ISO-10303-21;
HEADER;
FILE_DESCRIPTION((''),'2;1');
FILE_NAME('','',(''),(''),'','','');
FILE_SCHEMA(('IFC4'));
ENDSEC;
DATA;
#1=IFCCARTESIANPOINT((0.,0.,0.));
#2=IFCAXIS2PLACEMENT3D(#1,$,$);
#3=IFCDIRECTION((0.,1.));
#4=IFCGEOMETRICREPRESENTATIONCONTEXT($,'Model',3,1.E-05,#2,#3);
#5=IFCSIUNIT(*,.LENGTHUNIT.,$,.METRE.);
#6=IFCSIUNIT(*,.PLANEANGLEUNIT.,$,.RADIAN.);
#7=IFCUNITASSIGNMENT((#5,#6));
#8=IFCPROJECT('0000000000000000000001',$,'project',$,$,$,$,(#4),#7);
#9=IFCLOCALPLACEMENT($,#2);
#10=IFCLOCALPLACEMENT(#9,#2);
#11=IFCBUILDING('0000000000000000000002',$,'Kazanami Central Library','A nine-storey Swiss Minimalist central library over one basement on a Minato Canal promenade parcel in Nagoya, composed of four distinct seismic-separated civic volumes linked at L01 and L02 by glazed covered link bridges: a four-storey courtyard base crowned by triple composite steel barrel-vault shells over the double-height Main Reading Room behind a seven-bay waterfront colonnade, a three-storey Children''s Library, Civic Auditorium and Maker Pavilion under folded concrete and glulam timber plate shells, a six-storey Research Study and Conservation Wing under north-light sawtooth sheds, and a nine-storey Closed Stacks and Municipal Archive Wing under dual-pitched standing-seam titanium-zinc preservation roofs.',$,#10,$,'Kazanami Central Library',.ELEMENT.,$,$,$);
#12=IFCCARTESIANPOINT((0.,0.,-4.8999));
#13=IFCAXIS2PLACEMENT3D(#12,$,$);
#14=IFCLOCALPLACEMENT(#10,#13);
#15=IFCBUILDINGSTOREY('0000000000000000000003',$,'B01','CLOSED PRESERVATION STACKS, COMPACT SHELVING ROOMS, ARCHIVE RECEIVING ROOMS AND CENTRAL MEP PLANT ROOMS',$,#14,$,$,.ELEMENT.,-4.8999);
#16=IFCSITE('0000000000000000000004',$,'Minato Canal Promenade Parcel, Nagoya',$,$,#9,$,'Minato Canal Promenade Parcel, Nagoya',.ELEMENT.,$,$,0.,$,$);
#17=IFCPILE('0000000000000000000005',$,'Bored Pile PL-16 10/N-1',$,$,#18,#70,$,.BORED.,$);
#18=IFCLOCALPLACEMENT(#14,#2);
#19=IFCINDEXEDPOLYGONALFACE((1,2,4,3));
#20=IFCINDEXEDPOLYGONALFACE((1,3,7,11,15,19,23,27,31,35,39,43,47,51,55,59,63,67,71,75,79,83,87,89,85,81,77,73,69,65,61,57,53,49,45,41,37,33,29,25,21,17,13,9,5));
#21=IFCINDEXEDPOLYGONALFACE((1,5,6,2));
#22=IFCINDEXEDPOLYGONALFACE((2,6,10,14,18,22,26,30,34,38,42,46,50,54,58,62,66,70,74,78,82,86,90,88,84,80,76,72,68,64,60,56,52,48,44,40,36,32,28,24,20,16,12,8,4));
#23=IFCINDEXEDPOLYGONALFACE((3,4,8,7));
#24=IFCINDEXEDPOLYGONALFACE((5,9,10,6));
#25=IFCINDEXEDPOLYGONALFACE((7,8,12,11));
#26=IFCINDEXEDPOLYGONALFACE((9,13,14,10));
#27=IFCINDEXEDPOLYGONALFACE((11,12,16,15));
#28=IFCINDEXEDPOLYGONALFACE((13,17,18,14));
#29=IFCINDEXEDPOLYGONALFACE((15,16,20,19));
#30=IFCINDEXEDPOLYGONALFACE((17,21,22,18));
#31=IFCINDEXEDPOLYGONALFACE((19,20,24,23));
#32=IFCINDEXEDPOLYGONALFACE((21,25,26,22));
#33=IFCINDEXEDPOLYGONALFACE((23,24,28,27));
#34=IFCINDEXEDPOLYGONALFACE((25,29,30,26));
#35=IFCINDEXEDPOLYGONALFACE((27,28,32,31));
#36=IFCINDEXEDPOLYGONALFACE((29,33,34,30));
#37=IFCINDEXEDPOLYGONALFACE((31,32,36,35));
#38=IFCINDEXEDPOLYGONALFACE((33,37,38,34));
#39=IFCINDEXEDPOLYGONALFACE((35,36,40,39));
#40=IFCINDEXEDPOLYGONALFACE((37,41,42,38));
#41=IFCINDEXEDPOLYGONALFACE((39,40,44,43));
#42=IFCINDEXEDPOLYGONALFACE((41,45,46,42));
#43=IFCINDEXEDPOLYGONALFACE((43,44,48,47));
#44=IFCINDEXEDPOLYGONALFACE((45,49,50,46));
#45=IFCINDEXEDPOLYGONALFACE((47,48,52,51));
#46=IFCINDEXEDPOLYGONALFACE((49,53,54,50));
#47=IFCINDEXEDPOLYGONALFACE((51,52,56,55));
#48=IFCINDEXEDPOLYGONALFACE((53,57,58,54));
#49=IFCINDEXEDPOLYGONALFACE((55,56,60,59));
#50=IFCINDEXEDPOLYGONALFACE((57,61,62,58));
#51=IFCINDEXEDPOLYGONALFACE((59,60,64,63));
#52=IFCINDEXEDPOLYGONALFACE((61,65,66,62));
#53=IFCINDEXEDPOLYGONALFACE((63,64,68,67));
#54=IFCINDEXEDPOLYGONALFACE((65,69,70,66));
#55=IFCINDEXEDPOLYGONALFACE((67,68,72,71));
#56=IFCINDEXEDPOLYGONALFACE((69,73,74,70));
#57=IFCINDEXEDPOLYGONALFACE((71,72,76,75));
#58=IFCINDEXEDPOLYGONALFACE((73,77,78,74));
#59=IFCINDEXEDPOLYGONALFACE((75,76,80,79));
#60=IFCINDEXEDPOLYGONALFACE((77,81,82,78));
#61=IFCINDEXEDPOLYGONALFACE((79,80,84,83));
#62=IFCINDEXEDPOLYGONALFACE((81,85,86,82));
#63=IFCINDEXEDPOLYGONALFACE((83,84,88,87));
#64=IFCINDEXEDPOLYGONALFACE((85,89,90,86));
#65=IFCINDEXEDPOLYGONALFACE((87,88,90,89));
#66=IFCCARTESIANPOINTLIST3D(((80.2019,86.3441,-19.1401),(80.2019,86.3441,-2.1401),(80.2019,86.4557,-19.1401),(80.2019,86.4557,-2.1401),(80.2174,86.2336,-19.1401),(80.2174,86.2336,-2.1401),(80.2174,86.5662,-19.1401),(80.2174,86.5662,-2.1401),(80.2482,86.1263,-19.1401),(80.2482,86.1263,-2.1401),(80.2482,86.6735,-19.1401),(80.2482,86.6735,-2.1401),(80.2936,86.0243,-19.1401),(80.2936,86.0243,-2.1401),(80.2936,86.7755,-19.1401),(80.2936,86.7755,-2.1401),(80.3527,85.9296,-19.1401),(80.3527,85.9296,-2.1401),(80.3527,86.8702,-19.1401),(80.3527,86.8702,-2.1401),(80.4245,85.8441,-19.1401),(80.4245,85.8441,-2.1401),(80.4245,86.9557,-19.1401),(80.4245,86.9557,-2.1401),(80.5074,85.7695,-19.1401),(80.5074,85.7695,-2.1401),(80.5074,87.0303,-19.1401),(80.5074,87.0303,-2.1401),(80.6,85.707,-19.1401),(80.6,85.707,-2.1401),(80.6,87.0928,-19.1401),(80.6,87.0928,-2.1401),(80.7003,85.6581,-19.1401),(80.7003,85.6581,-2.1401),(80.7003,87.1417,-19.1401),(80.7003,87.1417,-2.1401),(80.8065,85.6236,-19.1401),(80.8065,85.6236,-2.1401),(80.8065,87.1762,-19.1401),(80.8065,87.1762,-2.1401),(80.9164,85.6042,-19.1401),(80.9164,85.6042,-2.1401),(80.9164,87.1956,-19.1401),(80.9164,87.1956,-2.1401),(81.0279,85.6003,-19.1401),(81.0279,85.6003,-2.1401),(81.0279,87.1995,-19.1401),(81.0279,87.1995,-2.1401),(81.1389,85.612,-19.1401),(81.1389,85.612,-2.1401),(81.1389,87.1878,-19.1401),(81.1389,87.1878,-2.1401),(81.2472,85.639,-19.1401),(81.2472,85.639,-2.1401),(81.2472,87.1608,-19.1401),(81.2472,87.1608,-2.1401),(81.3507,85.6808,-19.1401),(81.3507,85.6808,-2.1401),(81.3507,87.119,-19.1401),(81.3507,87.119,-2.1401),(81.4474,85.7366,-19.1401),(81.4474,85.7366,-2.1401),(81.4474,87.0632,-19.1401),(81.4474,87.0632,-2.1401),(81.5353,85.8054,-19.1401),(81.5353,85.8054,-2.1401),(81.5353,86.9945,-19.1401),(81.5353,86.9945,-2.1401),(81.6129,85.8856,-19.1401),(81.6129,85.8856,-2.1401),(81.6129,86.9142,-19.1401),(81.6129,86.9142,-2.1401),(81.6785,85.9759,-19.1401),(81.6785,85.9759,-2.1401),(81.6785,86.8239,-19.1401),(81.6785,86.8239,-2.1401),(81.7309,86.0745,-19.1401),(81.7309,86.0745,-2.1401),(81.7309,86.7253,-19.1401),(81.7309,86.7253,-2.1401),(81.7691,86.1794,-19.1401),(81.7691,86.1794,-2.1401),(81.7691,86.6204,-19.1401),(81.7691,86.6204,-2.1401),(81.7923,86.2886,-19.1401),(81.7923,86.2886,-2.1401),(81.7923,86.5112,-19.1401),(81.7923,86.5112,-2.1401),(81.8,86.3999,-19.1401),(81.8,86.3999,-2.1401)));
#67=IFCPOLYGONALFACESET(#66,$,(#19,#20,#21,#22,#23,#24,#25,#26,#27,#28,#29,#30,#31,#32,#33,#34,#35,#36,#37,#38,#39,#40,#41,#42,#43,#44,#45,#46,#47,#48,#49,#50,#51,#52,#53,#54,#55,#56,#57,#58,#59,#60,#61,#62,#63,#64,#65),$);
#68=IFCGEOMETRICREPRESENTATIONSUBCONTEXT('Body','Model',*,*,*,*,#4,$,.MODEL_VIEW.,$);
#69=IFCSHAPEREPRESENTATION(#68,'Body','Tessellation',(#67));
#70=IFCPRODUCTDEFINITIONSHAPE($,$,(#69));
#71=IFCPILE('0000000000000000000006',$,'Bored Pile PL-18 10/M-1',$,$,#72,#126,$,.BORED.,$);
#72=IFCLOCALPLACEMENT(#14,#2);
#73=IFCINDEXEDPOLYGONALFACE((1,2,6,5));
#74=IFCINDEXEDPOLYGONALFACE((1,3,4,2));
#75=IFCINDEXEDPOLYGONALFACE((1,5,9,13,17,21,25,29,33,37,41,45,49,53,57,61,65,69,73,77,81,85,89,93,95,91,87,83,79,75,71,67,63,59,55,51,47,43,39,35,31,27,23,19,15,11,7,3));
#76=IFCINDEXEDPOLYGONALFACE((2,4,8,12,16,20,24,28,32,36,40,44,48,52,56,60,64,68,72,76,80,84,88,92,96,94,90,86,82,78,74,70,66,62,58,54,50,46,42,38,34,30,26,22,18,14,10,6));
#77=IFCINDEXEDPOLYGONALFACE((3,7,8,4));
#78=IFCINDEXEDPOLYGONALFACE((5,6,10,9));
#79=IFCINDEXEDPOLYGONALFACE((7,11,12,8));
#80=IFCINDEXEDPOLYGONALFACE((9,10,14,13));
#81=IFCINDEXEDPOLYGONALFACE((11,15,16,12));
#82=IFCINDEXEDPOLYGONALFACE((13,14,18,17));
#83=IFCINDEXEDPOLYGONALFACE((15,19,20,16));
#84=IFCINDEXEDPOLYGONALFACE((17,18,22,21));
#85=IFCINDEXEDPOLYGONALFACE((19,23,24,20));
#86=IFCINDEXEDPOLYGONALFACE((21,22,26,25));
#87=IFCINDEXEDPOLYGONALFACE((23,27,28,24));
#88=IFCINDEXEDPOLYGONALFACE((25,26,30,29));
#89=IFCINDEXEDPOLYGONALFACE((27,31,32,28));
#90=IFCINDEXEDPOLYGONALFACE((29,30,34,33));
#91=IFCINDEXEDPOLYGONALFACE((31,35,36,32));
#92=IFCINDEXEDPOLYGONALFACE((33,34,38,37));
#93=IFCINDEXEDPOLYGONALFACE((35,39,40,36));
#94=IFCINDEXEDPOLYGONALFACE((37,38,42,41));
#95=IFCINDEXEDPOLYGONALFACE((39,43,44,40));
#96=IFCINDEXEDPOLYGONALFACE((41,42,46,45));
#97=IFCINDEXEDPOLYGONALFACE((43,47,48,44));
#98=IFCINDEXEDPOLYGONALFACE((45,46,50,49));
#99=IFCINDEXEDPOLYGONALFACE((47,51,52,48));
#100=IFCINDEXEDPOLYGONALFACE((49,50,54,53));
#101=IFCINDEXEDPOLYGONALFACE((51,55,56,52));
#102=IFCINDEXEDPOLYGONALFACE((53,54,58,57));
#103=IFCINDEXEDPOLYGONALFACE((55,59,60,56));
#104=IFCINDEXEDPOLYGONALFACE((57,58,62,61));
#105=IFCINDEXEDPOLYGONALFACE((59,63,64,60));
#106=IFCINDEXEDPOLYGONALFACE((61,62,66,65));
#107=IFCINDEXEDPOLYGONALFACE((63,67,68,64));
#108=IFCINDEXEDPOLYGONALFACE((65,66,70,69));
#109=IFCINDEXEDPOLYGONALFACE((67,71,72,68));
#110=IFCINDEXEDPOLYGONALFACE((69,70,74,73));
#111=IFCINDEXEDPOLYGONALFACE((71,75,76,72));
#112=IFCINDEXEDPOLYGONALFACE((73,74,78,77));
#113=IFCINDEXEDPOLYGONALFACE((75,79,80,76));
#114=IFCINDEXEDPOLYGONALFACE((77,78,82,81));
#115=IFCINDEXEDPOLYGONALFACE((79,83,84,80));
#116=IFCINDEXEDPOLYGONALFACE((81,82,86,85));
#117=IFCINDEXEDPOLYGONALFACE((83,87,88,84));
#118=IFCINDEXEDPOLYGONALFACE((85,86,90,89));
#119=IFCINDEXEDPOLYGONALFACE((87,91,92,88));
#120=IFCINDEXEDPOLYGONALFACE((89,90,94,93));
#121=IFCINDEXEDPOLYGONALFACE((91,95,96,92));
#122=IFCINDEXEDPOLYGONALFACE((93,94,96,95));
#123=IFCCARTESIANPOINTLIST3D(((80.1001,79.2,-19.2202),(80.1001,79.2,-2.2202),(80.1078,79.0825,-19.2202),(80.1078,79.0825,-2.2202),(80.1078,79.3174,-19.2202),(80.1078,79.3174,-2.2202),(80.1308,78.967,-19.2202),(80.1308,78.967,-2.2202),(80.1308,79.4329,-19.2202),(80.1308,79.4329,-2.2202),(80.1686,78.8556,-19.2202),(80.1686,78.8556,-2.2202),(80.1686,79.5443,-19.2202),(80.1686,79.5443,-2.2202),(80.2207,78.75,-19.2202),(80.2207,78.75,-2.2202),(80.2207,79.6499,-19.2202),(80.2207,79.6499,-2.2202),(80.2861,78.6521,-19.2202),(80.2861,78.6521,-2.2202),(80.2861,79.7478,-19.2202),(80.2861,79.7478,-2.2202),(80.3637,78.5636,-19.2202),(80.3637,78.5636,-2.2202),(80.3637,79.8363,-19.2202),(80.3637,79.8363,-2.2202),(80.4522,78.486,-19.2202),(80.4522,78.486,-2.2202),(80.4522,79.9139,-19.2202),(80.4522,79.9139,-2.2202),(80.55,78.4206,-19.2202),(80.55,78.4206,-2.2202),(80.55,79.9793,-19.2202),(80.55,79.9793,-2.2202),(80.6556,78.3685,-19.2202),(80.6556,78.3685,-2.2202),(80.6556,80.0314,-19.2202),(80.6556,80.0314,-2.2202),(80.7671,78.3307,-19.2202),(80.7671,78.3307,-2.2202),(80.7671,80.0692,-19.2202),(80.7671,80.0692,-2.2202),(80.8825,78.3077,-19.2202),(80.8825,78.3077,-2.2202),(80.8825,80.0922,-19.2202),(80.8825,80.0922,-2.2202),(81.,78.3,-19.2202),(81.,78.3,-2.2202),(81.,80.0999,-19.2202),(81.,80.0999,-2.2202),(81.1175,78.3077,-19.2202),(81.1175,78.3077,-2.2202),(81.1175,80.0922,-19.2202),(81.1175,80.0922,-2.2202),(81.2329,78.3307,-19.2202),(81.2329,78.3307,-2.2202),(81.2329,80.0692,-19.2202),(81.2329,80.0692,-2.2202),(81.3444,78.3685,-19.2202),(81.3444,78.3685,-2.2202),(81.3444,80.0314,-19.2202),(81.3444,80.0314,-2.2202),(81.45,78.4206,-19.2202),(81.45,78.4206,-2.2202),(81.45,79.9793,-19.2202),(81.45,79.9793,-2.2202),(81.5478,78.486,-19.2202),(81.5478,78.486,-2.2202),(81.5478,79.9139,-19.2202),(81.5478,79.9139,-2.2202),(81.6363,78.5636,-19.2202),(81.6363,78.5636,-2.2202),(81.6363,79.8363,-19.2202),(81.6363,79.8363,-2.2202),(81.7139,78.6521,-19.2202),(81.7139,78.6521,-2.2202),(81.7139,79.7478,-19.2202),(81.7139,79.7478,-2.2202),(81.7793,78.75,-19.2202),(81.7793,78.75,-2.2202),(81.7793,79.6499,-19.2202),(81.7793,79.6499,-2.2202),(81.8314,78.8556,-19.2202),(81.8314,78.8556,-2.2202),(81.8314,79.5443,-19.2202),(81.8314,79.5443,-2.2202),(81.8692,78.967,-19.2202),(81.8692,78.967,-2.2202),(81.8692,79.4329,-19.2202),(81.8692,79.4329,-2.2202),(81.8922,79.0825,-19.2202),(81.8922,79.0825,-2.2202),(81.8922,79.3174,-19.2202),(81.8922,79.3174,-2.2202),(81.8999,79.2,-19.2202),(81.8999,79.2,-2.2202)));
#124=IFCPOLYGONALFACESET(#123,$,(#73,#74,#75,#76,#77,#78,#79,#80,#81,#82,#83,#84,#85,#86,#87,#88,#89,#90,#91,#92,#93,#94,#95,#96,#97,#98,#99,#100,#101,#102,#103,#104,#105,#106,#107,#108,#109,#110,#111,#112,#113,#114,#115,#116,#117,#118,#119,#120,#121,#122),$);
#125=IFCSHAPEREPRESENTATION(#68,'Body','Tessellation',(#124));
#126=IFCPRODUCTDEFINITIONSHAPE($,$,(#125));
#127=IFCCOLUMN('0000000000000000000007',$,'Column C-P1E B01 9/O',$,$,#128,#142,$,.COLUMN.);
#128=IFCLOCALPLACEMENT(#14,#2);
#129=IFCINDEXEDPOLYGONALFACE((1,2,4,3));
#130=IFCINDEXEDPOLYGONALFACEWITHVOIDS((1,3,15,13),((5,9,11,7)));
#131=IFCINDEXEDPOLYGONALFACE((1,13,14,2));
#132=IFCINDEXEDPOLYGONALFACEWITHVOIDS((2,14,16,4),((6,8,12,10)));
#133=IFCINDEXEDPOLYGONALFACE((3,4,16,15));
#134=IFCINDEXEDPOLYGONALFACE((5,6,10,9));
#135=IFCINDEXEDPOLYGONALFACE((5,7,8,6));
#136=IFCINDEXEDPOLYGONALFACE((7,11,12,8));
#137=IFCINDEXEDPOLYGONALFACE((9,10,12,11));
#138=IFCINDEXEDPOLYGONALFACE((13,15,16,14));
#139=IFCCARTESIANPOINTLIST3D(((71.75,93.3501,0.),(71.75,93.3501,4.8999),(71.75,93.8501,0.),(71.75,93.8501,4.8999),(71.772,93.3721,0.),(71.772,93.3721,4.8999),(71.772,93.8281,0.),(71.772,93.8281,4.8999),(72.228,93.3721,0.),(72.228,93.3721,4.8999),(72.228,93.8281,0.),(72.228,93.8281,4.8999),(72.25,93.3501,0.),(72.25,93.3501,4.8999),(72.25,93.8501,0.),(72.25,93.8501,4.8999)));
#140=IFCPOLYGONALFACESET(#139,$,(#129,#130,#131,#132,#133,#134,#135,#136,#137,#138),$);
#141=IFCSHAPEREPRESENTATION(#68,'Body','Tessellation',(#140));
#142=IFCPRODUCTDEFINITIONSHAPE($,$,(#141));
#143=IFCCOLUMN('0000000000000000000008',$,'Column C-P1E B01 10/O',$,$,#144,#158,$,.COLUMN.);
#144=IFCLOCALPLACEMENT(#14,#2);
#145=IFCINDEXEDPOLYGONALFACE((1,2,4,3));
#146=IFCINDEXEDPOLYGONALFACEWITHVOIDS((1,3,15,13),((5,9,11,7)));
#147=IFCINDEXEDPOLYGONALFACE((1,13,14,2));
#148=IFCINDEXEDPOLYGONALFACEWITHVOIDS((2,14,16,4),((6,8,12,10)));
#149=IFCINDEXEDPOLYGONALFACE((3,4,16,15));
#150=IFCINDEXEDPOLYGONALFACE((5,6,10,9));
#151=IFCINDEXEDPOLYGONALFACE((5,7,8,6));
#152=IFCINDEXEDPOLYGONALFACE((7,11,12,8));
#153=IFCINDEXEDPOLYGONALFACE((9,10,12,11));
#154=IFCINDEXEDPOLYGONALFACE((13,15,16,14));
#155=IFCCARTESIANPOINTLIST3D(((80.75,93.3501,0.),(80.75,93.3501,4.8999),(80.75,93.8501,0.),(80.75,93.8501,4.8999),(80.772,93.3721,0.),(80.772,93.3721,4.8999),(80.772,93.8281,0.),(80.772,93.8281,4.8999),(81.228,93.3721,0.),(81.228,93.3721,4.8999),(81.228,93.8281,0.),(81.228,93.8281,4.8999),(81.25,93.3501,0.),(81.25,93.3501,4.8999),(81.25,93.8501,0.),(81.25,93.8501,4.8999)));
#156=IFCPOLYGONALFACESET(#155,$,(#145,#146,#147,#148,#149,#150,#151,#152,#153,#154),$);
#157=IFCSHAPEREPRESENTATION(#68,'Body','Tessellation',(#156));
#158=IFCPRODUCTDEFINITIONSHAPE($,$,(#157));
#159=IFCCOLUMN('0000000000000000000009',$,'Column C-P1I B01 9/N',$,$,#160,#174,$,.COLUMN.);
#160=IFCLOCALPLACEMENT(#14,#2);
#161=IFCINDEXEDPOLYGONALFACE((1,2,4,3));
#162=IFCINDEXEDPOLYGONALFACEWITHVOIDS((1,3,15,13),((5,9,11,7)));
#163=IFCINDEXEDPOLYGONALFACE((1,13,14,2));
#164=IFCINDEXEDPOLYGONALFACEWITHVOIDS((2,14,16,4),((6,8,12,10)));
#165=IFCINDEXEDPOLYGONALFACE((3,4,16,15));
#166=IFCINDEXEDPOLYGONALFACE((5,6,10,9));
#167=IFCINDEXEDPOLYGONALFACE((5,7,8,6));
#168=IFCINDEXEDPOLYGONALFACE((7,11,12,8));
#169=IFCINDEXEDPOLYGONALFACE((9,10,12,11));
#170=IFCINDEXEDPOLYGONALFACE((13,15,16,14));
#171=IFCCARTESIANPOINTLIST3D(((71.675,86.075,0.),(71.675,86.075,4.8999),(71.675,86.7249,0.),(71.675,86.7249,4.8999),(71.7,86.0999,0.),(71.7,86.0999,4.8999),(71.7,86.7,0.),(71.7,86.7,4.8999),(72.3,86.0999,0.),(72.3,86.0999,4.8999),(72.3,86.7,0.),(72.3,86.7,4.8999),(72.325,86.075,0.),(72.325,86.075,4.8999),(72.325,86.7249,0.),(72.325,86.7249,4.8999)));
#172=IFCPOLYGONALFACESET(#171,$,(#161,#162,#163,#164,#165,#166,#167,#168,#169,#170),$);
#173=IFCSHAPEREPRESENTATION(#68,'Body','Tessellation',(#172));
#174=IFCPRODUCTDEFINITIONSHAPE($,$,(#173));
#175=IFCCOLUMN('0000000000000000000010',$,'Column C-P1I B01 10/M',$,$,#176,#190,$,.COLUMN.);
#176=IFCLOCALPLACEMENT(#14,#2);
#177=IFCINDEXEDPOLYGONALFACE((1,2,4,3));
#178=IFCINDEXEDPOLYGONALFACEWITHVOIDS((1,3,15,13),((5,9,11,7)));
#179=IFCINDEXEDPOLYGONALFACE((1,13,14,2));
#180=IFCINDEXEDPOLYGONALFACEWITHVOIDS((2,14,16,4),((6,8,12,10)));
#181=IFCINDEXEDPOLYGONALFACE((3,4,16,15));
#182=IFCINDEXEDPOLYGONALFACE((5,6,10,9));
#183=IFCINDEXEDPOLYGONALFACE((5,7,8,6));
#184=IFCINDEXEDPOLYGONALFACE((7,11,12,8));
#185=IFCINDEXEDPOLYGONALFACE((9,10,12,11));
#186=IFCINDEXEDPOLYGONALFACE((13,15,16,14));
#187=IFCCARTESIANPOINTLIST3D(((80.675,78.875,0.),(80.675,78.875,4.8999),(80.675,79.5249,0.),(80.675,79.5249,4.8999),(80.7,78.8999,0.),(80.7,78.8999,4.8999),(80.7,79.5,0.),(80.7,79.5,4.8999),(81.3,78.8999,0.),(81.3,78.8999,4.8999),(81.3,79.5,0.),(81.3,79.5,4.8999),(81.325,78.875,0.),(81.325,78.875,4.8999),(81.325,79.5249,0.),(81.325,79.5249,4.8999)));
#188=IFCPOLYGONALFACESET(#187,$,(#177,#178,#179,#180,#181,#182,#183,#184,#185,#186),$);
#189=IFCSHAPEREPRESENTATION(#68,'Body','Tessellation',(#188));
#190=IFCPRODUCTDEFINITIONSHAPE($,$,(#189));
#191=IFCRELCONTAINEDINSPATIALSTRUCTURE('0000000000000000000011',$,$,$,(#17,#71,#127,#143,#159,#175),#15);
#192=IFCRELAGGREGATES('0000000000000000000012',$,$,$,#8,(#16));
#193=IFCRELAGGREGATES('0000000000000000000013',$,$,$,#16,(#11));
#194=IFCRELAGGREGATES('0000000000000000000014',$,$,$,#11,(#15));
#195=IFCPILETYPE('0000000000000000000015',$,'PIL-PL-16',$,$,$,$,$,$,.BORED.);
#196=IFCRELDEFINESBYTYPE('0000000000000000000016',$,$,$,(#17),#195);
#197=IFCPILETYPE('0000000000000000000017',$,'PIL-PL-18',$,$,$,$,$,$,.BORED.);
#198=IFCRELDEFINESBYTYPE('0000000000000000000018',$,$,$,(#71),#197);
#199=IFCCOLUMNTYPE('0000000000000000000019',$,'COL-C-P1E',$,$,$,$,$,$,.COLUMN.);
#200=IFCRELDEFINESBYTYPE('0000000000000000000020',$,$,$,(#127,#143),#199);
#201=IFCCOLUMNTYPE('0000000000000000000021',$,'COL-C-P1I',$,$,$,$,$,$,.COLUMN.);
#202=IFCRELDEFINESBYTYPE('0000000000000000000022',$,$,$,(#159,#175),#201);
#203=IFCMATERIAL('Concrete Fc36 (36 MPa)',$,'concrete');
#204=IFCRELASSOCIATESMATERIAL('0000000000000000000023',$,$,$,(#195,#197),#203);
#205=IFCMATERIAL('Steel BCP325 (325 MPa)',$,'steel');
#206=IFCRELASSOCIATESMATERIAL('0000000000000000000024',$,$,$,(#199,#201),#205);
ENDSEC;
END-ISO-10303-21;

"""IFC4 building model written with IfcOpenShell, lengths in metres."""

from ifc_helpers import new_model, si_unit, direction, frame, origin, origin_2d, place, context, subcontext, project, spatial, hollow_rectangle, circle, extrude, material, material_profile, profile_set, type_object, element, save


model = new_model("IFC4")

# Units and contexts
model_context = context("Model", 3, precision=1e-05, world=origin(), true_north=direction((0.0, 1.0)))
body_context = subcontext(model_context, "Body", "Model", "MODEL_VIEW")
ifc_project = project(units=[si_unit("LENGTHUNIT", "METRE"), si_unit("PLANEANGLEUNIT", "RADIAN")], contexts=[model_context])

# Site, building, storey
site_placement = place(None, origin())
site = spatial("IfcSite", under=ifc_project, at=site_placement, Name="Minato Canal Promenade Parcel, Nagoya", LongName="Minato Canal Promenade Parcel, Nagoya", CompositionType="ELEMENT", RefElevation=0.0)
building_placement = place(site_placement, origin())
building = spatial("IfcBuilding", under=site, at=building_placement, Name="Kazanami Central Library", Description="A nine-storey Swiss Minimalist central library over one basement on a Minato Canal promenade parcel in Nagoya, composed of four distinct seismic-separated civic volumes linked at L01 and L02 by glazed covered link bridges: a four-storey courtyard base crowned by triple composite steel barrel-vault shells over the double-height Main Reading Room behind a seven-bay waterfront colonnade, a three-storey Children's Library, Civic Auditorium and Maker Pavilion under folded concrete and glulam timber plate shells, a six-storey Research Study and Conservation Wing under north-light sawtooth sheds, and a nine-storey Closed Stacks and Municipal Archive Wing under dual-pitched standing-seam titanium-zinc preservation roofs.", LongName="Kazanami Central Library", CompositionType="ELEMENT")
storey_placement = place(building_placement, frame((0.0, 0.0, -4.8999)))
storey = spatial("IfcBuildingStorey", under=building, at=storey_placement, Name="B01", Description="CLOSED PRESERVATION STACKS, COMPACT SHELVING ROOMS, ARCHIVE RECEIVING ROOMS AND CENTRAL MEP PLANT ROOMS", CompositionType="ELEMENT", Elevation=-4.8999)

# Shared definitions
ifc_material_1 = material(Name="Concrete Fc36 (36 MPa)", Category="concrete")

# Piles
ifc_material_profile_1 = material_profile(ifc_material_1, circle(Radius=0.8, at=origin_2d()), Name="BORED-D1600")
ifc_profile_set_1 = profile_set([ifc_material_profile_1], Name="Concrete Fc36 (36 MPa)")
pile_type_1 = type_object("IfcPileType", Name="PIL-PL-16", PredefinedType="BORED", material=ifc_profile_set_1)
pile_1_placement = place(storey_placement, frame((81.0, 86.3999, -2.1401), z_axis=(0.0, 0.0, -1.0), x_axis=(1.0, 0.0, 0.0)))
element("IfcPile", 1, at=pile_1_placement, inside=storey, type_object=pile_type_1, Name="Bored Pile PL-16 10/N-1", PredefinedType="BORED", context=body_context, shape_type="SweptSolid", body=[
    extrude(circle(Radius=0.8, at=origin_2d()), origin(), (0.0, 0.0, 1.0), 17.0),
])
ifc_material_profile_2 = material_profile(ifc_material_1, circle(Radius=0.8999, at=origin_2d()), Name="BORED-D1800")
ifc_profile_set_2 = profile_set([ifc_material_profile_2], Name="Concrete Fc36 (36 MPa)")
pile_type_2 = type_object("IfcPileType", Name="PIL-PL-18", PredefinedType="BORED", material=ifc_profile_set_2)
pile_2_placement = place(storey_placement, frame((81.0, 79.2, -2.2202), z_axis=(0.0, 0.0, -1.0), x_axis=(1.0, 0.0, 0.0)))
element("IfcPile", 2, at=pile_2_placement, inside=storey, type_object=pile_type_2, Name="Bored Pile PL-18 10/M-1", PredefinedType="BORED", context=body_context, shape_type="SweptSolid", body=[
    extrude(circle(Radius=0.8999, at=origin_2d()), origin(), (0.0, 0.0, 1.0), 17.0),
])

# Columns
ifc_material_2 = material(Name="Steel BCP325 (325 MPa)", Category="steel")
ifc_material_profile_3 = material_profile(ifc_material_2, hollow_rectangle(XDim=0.5, YDim=0.5, WallThickness=0.022, at=origin_2d()), Name="BCP-500x500x22")
ifc_profile_set_3 = profile_set([ifc_material_profile_3], Name="Steel BCP325 (325 MPa)")
column_type_1 = type_object("IfcColumnType", Name="COL-C-P1E", PredefinedType="COLUMN", material=ifc_profile_set_3)
for number, where, z_axis, x_axis, name in (
    (3, (72.0, 93.6001, 0.0), (0.0, 0.0, 1.0), (1.0, 0.0, 0.0), "Column C-P1E B01 9/O"),
    (4, (81.0, 93.6001, 0.0), (0.0, 0.0, 1.0), (1.0, 0.0, 0.0), "Column C-P1E B01 10/O"),
):
    element("IfcColumn", number, at=place(storey_placement, frame(where, z_axis=z_axis, x_axis=x_axis)), inside=storey, type_object=column_type_1, Name=name, PredefinedType="COLUMN", context=body_context, shape_type="SweptSolid", body=[
        extrude(hollow_rectangle(XDim=0.5, YDim=0.5, WallThickness=0.022, at=origin_2d()), origin(), (0.0, 0.0, 1.0), 4.8999),
    ])
ifc_material_profile_4 = material_profile(ifc_material_2, hollow_rectangle(XDim=0.6499, YDim=0.6499, WallThickness=0.0249, at=origin_2d()), Name="BCP-650x650x25")
ifc_profile_set_4 = profile_set([ifc_material_profile_4], Name="Steel BCP325 (325 MPa)")
column_type_2 = type_object("IfcColumnType", Name="COL-C-P1I", PredefinedType="COLUMN", material=ifc_profile_set_4)
for number, where, z_axis, x_axis, name in (
    (5, (72.0, 86.3999, 0.0), (0.0, 0.0, 1.0), (1.0, 0.0, 0.0), "Column C-P1I B01 9/N"),
    (6, (81.0, 79.2, 0.0), (0.0, 0.0, 1.0), (1.0, 0.0, 0.0), "Column C-P1I B01 10/M"),
):
    element("IfcColumn", number, at=place(storey_placement, frame(where, z_axis=z_axis, x_axis=x_axis)), inside=storey, type_object=column_type_2, Name=name, PredefinedType="COLUMN", context=body_context, shape_type="SweptSolid", body=[
        extrude(hollow_rectangle(XDim=0.6499, YDim=0.6499, WallThickness=0.0249, at=origin_2d()), origin(), (0.0, 0.0, 1.0), 4.8999),
    ])

save(model, "model.ifc")
